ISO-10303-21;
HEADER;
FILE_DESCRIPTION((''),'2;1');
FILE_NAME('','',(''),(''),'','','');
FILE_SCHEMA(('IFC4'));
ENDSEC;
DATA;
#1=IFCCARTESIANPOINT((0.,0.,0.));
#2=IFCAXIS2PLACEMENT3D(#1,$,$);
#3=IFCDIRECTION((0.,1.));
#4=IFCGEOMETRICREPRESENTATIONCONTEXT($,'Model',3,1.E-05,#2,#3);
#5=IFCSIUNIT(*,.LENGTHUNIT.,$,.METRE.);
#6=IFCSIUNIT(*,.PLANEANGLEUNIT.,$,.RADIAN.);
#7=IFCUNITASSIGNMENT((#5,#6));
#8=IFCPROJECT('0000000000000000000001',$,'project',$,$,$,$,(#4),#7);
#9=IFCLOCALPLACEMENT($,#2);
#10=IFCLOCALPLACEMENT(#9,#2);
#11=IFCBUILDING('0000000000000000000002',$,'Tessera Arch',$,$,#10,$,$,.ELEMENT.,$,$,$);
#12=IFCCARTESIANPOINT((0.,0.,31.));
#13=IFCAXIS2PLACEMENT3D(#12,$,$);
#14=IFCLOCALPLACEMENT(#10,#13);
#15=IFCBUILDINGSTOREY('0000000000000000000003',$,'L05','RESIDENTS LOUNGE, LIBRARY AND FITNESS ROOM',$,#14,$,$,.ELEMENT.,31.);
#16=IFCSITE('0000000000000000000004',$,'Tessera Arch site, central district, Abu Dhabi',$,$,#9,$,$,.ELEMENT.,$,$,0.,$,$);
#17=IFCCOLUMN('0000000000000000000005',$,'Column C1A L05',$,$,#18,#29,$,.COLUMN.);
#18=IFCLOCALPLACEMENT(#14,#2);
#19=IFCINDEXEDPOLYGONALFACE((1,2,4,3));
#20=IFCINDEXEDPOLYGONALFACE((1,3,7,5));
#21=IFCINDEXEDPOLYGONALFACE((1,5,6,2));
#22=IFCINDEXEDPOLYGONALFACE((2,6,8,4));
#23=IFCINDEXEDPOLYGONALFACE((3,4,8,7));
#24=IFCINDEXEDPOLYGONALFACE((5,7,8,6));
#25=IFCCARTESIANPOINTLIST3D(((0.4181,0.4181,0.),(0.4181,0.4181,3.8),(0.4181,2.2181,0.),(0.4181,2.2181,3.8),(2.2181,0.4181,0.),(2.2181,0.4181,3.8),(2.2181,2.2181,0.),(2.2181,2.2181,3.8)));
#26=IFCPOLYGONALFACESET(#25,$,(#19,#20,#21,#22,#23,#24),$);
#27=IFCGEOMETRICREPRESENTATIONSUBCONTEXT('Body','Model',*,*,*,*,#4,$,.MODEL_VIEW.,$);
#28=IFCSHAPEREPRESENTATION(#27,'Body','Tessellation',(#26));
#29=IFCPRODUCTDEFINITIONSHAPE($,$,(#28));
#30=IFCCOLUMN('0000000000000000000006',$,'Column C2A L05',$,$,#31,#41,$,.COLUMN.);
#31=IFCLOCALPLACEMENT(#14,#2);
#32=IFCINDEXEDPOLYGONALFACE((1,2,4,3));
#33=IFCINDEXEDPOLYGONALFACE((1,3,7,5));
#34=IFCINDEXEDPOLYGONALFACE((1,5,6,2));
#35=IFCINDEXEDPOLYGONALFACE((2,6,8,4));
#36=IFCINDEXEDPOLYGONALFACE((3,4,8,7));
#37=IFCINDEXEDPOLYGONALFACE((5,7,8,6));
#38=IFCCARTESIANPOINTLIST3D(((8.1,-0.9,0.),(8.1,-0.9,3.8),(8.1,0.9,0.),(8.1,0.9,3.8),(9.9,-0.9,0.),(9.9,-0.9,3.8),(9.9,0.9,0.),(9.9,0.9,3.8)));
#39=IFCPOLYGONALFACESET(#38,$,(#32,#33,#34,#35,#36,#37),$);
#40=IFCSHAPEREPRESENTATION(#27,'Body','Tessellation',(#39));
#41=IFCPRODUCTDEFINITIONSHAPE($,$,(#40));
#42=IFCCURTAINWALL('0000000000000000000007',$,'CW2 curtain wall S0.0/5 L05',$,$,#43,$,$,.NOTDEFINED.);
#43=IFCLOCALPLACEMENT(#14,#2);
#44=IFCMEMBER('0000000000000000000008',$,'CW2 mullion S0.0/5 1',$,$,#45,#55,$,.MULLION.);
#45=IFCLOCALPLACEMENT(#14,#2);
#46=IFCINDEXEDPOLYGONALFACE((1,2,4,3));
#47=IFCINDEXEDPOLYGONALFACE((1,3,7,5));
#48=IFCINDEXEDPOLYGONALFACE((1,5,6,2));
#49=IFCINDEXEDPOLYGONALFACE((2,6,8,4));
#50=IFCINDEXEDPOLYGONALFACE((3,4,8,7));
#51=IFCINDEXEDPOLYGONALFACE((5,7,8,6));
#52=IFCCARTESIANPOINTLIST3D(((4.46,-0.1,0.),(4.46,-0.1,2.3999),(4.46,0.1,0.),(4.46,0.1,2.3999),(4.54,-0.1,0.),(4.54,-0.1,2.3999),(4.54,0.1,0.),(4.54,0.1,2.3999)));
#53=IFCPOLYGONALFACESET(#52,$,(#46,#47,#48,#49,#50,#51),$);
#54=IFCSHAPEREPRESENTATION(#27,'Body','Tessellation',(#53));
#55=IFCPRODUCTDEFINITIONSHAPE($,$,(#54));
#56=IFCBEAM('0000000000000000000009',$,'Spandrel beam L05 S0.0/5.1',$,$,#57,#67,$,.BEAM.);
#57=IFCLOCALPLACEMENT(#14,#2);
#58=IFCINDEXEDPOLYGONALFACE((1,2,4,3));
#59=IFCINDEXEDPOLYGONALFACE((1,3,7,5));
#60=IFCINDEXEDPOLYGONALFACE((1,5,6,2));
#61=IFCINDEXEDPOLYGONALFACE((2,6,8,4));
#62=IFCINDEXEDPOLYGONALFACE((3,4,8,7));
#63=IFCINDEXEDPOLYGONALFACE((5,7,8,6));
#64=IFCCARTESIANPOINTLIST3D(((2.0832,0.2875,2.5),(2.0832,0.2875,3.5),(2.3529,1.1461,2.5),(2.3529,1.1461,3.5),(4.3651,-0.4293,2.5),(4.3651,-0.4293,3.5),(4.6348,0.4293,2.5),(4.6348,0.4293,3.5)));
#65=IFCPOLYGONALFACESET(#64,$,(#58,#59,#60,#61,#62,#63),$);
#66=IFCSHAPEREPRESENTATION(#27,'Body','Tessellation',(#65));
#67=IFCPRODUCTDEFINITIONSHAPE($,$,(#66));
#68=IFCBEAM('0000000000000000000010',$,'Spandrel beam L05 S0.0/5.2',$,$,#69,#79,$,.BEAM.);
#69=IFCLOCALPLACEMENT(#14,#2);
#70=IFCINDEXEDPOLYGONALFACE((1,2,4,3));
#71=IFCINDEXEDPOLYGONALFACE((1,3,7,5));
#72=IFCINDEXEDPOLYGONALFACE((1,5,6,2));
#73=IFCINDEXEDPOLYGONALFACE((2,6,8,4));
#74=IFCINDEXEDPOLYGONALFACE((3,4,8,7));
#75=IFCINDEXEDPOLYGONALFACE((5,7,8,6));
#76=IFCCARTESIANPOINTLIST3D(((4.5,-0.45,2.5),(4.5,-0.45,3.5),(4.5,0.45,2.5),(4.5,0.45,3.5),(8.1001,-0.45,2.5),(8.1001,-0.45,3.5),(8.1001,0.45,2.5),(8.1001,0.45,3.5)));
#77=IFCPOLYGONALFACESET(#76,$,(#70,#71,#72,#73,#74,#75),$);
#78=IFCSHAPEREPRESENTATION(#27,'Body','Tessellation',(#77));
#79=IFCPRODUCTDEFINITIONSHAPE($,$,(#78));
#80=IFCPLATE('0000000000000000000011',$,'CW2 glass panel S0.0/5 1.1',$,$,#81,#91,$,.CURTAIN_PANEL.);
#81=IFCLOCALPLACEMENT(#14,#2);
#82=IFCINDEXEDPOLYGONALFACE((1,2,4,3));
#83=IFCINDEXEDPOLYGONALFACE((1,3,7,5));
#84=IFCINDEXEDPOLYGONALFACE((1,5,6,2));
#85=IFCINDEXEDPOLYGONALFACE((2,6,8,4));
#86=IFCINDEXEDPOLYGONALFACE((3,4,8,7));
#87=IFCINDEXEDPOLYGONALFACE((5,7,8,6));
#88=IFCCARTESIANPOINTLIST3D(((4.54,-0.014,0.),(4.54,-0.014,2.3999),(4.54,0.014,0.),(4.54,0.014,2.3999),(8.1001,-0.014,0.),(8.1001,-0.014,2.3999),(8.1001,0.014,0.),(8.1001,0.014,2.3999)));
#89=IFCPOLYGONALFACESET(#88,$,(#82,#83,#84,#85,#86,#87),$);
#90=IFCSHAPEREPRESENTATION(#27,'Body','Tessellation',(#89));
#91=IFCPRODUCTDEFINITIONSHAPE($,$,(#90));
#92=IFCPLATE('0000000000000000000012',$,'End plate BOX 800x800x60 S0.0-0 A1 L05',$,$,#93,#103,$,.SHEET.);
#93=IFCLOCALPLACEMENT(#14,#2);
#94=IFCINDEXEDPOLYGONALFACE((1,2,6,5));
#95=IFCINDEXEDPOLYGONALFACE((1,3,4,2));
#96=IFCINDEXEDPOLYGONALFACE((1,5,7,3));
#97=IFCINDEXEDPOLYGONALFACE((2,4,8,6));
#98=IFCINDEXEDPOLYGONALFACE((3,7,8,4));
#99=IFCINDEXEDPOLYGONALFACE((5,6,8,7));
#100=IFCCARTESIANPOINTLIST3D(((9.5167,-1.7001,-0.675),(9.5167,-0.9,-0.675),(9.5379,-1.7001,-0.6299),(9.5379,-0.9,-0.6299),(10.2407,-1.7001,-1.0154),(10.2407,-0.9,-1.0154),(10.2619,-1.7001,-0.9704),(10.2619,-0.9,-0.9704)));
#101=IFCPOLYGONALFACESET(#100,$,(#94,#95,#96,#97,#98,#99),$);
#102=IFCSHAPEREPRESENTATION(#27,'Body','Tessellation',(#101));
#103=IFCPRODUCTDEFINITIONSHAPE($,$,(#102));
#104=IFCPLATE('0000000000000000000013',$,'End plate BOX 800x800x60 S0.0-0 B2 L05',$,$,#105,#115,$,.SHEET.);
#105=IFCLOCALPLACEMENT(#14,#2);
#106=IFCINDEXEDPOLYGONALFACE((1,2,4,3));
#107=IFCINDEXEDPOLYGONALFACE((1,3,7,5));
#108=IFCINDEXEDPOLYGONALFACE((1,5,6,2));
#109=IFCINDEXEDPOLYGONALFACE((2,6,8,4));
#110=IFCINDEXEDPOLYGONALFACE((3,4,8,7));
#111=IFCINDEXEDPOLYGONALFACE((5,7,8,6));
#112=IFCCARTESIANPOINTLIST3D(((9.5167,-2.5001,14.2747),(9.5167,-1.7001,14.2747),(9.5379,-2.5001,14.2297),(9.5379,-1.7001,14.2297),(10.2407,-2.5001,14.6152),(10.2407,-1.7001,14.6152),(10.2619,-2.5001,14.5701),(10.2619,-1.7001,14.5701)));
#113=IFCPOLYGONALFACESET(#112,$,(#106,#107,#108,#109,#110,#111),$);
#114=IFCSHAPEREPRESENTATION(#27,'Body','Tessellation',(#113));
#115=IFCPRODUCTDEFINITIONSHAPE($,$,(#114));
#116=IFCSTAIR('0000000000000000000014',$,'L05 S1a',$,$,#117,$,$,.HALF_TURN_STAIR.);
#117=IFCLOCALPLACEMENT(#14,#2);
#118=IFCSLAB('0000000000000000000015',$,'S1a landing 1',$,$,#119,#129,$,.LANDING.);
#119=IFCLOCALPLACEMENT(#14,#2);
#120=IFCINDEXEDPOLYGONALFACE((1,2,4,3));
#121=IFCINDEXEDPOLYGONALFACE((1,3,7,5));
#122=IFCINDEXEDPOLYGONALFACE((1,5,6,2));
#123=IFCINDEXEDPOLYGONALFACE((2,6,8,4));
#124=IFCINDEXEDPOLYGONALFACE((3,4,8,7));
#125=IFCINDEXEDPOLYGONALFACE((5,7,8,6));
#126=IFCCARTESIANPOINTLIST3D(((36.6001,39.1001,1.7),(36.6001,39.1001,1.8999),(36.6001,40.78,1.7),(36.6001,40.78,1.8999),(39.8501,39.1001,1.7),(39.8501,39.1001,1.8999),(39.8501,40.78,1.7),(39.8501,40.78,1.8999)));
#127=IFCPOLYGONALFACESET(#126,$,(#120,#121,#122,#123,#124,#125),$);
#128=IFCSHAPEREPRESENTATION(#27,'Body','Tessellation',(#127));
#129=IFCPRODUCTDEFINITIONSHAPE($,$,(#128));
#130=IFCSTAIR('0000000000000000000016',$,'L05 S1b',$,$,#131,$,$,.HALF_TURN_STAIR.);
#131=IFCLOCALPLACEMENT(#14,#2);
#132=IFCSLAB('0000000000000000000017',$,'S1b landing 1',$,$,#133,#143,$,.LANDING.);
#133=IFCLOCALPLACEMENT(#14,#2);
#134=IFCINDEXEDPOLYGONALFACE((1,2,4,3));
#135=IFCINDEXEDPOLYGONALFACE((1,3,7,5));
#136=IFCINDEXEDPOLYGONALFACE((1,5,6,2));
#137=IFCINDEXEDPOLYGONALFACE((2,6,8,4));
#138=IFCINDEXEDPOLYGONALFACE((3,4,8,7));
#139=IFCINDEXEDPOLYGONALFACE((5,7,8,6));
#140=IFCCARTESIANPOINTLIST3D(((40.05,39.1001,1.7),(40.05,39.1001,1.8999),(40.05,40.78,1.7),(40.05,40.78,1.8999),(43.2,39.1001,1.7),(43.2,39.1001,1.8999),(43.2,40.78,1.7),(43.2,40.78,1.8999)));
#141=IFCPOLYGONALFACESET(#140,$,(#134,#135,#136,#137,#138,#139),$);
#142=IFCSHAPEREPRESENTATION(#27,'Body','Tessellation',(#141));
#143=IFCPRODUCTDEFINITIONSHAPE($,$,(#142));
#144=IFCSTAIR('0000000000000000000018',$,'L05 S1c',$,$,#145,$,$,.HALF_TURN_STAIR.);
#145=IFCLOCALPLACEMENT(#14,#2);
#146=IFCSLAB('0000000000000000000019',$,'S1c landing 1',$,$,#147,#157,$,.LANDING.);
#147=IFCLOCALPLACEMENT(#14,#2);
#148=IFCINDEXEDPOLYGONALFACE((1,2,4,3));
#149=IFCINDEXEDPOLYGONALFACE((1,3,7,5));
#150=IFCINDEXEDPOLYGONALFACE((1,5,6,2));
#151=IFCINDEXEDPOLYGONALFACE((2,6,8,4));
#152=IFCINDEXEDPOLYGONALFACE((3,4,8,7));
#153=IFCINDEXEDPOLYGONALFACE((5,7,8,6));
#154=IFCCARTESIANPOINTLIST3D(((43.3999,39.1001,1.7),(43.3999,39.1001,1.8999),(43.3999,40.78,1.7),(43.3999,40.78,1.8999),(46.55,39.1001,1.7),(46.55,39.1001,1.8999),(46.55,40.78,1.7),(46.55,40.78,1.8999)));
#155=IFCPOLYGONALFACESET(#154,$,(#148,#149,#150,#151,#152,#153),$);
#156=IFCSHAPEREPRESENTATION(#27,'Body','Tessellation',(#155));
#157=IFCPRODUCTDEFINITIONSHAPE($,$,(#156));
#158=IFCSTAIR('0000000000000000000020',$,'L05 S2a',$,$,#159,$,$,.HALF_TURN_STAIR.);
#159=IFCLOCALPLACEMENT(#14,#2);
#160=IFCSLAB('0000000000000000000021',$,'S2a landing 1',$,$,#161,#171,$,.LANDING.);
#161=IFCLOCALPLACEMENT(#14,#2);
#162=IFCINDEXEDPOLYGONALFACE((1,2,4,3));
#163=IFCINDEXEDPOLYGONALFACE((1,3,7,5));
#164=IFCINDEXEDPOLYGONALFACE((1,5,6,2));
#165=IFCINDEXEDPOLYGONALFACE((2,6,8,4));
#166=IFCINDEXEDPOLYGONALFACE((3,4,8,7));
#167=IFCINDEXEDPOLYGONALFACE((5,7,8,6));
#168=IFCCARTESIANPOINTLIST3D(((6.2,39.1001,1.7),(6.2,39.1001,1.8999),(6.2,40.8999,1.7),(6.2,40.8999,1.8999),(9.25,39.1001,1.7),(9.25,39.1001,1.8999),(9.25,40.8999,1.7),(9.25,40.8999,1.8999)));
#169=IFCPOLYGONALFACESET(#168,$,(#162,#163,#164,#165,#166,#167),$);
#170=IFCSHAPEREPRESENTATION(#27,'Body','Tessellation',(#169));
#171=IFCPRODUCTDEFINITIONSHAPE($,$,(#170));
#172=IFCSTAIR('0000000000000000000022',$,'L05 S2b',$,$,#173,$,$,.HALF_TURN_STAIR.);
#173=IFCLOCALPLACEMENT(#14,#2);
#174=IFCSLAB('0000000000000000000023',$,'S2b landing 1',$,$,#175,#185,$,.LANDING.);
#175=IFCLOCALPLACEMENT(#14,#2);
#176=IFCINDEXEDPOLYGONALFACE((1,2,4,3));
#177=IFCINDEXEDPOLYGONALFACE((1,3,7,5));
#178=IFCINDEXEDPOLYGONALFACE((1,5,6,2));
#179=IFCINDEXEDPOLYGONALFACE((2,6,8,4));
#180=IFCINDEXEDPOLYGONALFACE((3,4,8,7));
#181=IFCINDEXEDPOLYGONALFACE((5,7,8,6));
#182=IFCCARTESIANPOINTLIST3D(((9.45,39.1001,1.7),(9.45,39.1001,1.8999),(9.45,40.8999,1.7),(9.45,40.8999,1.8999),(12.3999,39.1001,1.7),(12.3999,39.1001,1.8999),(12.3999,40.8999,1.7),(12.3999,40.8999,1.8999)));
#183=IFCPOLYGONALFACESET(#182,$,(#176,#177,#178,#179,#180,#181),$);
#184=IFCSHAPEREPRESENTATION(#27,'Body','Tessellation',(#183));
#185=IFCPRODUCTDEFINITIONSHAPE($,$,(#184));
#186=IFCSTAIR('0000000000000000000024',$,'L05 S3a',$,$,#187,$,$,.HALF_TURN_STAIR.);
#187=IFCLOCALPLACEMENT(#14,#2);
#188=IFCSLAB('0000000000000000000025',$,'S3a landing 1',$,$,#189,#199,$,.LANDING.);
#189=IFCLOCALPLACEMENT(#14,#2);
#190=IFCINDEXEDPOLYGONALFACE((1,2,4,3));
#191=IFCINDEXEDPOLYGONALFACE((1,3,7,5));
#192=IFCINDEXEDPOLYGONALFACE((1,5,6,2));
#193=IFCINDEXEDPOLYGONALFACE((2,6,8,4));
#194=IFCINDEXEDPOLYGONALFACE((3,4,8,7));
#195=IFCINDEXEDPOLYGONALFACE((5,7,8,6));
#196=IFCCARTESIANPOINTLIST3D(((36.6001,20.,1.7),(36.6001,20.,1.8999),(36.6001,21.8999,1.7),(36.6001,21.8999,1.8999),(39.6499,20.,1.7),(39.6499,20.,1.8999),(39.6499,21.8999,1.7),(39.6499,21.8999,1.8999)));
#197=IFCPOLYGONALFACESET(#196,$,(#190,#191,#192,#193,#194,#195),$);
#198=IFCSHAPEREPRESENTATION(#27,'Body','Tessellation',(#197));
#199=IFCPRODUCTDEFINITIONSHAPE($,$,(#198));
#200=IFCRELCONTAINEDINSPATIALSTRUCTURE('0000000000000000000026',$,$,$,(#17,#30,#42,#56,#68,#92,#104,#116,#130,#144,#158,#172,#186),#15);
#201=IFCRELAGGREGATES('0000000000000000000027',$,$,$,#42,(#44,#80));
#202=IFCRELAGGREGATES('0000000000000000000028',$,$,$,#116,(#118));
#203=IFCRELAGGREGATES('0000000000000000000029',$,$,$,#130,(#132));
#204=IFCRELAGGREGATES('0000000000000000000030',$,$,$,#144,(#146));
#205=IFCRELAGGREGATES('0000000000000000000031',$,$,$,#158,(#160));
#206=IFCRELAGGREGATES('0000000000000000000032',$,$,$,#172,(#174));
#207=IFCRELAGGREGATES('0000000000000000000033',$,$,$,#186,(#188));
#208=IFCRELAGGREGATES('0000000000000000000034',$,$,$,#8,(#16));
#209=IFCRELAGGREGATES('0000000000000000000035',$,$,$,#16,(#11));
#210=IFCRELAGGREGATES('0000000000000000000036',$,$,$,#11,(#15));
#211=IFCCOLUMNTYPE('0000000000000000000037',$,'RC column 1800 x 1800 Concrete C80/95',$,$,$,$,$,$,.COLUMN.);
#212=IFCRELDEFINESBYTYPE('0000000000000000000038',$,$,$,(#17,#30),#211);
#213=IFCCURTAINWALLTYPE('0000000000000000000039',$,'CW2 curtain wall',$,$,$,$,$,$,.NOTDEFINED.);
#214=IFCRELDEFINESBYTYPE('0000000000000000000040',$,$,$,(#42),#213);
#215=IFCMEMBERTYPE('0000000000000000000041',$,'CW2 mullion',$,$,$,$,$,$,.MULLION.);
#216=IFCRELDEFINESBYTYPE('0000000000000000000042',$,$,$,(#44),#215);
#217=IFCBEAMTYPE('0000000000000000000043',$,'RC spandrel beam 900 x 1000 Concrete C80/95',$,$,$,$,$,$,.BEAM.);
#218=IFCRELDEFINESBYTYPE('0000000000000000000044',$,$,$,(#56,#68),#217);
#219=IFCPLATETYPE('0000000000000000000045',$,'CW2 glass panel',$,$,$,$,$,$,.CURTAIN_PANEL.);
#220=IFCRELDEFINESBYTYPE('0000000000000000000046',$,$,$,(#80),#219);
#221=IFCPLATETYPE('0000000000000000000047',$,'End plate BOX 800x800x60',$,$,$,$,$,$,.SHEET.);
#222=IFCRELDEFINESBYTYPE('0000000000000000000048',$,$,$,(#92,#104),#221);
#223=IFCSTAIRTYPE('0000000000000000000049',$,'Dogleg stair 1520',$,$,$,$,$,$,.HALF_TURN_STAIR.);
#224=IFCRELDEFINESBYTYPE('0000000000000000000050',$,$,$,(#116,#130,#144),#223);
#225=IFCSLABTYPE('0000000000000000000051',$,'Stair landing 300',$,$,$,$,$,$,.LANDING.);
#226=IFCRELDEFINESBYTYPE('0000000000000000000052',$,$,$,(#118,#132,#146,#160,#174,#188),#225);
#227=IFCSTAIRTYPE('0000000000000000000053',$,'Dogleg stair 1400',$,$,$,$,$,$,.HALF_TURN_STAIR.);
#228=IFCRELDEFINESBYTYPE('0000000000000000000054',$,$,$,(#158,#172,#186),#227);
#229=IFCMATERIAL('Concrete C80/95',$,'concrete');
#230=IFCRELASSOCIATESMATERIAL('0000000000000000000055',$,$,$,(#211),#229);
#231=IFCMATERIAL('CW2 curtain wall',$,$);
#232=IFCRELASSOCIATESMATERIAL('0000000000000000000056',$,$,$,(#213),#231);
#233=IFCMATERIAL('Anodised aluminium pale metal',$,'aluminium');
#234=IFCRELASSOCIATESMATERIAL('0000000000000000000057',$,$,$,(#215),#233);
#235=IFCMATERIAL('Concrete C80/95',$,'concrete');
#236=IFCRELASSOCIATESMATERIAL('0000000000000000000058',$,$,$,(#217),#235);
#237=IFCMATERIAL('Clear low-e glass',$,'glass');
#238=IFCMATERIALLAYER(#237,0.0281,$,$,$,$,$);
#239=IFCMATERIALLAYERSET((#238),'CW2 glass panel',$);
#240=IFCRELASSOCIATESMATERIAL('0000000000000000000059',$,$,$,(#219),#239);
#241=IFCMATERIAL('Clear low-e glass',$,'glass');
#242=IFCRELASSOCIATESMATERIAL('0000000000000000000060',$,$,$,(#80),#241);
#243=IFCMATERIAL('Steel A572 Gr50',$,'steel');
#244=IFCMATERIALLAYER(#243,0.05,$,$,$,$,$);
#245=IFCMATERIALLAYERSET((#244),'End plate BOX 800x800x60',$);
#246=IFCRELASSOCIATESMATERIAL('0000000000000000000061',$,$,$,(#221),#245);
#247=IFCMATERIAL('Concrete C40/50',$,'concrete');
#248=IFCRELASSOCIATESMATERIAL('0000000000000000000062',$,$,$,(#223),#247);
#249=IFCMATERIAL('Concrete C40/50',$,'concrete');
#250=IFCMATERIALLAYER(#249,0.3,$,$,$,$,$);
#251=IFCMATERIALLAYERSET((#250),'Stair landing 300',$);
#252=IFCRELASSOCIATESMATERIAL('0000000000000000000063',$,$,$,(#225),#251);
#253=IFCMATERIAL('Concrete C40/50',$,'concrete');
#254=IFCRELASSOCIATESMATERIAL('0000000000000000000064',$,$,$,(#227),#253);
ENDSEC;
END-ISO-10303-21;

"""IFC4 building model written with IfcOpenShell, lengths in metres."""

from ifc_helpers import new_model, si_unit, direction, frame, origin, origin_2d, place, context, subcontext, project, spatial, polyline, rectangle, outline, extrude, material, layer, layer_set, material_profile, profile_set, type_object, element, aggregate, save


model = new_model("IFC4")

# Units and contexts
model_context = context("Model", 3, precision=1e-05, world=origin(), true_north=direction((0.0, 1.0)))
body_context = subcontext(model_context, "Body", "Model", "MODEL_VIEW")
ifc_project = project(units=[si_unit("LENGTHUNIT", "METRE"), si_unit("PLANEANGLEUNIT", "RADIAN")], contexts=[model_context])

# Site, building, storey
site_placement = place(None, origin())
site = spatial("IfcSite", under=ifc_project, at=site_placement, Name="Tessera Arch site, central district, Abu Dhabi", CompositionType="ELEMENT", RefElevation=0.0)
building_placement = place(site_placement, origin())
building = spatial("IfcBuilding", under=site, at=building_placement, Name="Tessera Arch", CompositionType="ELEMENT")
storey_placement = place(building_placement, frame((0.0, 0.0, 31.0)))
storey = spatial("IfcBuildingStorey", under=building, at=storey_placement, Name="L05", Description="RESIDENTS LOUNGE, LIBRARY AND FITNESS ROOM", CompositionType="ELEMENT", Elevation=31.0)

# Columns
ifc_material_1 = material(Name="Concrete C80/95", Category="concrete")
ifc_material_profile_1 = material_profile(ifc_material_1, rectangle(XDim=1.8, YDim=1.8, at=origin_2d()), Name="RC column 1800 x 1800 Concrete C80/95")
ifc_profile_set_1 = profile_set([ifc_material_profile_1], Name="Concrete C80/95")
column_type = type_object("IfcColumnType", Name="RC column 1800 x 1800 Concrete C80/95", PredefinedType="COLUMN", material=ifc_profile_set_1)
for number, where, z_axis, x_axis, name in (
    (1, (1.3181, 1.3181, 0.0), (0.0, 0.0, 1.0), (1.0, 0.0, 0.0), "Column C1A L05"),
    (2, (9.0, 0.0, 0.0), (0.0, 0.0, 1.0), (1.0, 0.0, 0.0), "Column C2A L05"),
):
    element("IfcColumn", number, at=place(storey_placement, frame(where, z_axis=z_axis, x_axis=x_axis)), inside=storey, type_object=column_type, Name=name, PredefinedType="COLUMN", context=body_context, shape_type="SweptSolid", body=[
        extrude(rectangle(XDim=1.8, YDim=1.8, at=origin_2d()), origin(), (0.0, 0.0, 1.0), 3.8),
    ])

# Curtain wall, member
ifc_material_2 = material(Name="CW2 curtain wall")
curtain_wall_type = type_object("IfcCurtainWallType", Name="CW2 curtain wall", PredefinedType="NOTDEFINED", material=ifc_material_2)
curtain_wall_placement = place(storey_placement, origin())
curtain_wall = element("IfcCurtainWall", 3, at=curtain_wall_placement, inside=storey, type_object=curtain_wall_type, Name="CW2 curtain wall S0.0/5 L05", PredefinedType="NOTDEFINED")
ifc_material_3 = material(Name="Anodised aluminium pale metal", Category="aluminium")
ifc_material_profile_2 = material_profile(ifc_material_3, rectangle(XDim=0.2, YDim=0.0801, at=origin_2d()), Name="AL 80x200")
ifc_profile_set_2 = profile_set([ifc_material_profile_2], Name="Anodised aluminium pale metal")
member_type = type_object("IfcMemberType", Name="CW2 mullion", PredefinedType="MULLION", material=ifc_profile_set_2)
member_placement = place(storey_placement, frame((4.5, 0.0, 0.0), z_axis=(0.0, 0.0, 1.0), x_axis=(0.0, 1.0, 0.0)))
member = element("IfcMember", 4, at=member_placement, type_object=member_type, Name="CW2 mullion S0.0/5 1", PredefinedType="MULLION", context=body_context, shape_type="SweptSolid", body=[
    extrude(rectangle(XDim=0.2, YDim=0.0801, at=origin_2d()), origin(), (0.0, 0.0, 1.0), 2.3999),
])

# Beams
ifc_material_4 = material(Name="Concrete C80/95", Category="concrete")
ifc_material_profile_3 = material_profile(ifc_material_4, rectangle(XDim=0.8999, YDim=1.0, at=origin_2d()), Name="RC spandrel beam 900 x 1000 Concrete C80/95")
ifc_profile_set_3 = profile_set([ifc_material_profile_3], Name="Concrete C80/95")
beam_type = type_object("IfcBeamType", Name="RC spandrel beam 900 x 1000 Concrete C80/95", PredefinedType="BEAM", material=ifc_profile_set_3)
beam_1_placement = place(storey_placement, frame((2.218, 0.7168, 3.0), z_axis=(0.954041, -0.299675, 0.0), x_axis=(0.299675, 0.954041, 0.0)))
element("IfcBeam", 5, at=beam_1_placement, inside=storey, type_object=beam_type, Name="Spandrel beam L05 S0.0/5.1", PredefinedType="BEAM", context=body_context, shape_type="SweptSolid", body=[
    extrude(rectangle(XDim=0.8999, YDim=1.0, at=origin_2d()), origin(), (0.0, 0.0, 1.0), 2.3918),
])
beam_2_placement = place(storey_placement, frame((4.5, 0.0, 3.0), z_axis=(1.0, 0.0, 0.0), x_axis=(0.0, 1.0, 0.0)))
element("IfcBeam", 6, at=beam_2_placement, inside=storey, type_object=beam_type, Name="Spandrel beam L05 S0.0/5.2", PredefinedType="BEAM", context=body_context, shape_type="SweptSolid", body=[
    extrude(rectangle(XDim=0.8999, YDim=1.0, at=origin_2d()), origin(), (0.0, 0.0, 1.0), 3.6001),
])

# Plate
ifc_material_5 = material(Name="Clear low-e glass", Category="glass")
ifc_material_6 = material(Name="Clear low-e glass", Category="glass")
ifc_layer_1 = layer(ifc_material_6, 0.0281)
ifc_layer_set_1 = layer_set([ifc_layer_1], Name="CW2 glass panel")
plate_type_1 = type_object("IfcPlateType", Name="CW2 glass panel", PredefinedType="CURTAIN_PANEL", material=ifc_layer_set_1)
plate_placement = place(storey_placement, frame((6.3201, 0.0, 0.0), z_axis=(0.0, 0.0, 1.0), x_axis=(1.0, 0.0, 0.0)))
plate = element("IfcPlate", 7, at=plate_placement, type_object=plate_type_1, material=ifc_material_5, Name="CW2 glass panel S0.0/5 1.1", PredefinedType="CURTAIN_PANEL", context=body_context, shape_type="SweptSolid", body=[
    extrude(rectangle(XDim=3.5601, YDim=0.0281, at=origin_2d()), origin(), (0.0, 0.0, 1.0), 2.3999),
])
aggregate(curtain_wall, [member, plate])

# Plates
ifc_material_7 = material(Name="Steel A572 Gr50", Category="steel")
ifc_layer_2 = layer(ifc_material_7, 0.05)
ifc_layer_set_2 = layer_set([ifc_layer_2], Name="End plate BOX 800x800x60")
plate_type_2 = type_object("IfcPlateType", Name="End plate BOX 800x800x60", PredefinedType="SHEET", material=ifc_layer_set_2)
for number, where, z_axis, x_axis, name in (
    (8, (9.8787, -1.3, -0.8452), (0.425561, 0.0, 0.90493), (0.0, 1.0, 0.0), "End plate BOX 800x800x60 S0.0-0 A1 L05"),
    (9, (9.8999, -2.1001, 14.3999), (-0.425561, 0.0, 0.90493), (0.0, -1.0, 0.0), "End plate BOX 800x800x60 S0.0-0 B2 L05"),
):
    element("IfcPlate", number, at=place(storey_placement, frame(where, z_axis=z_axis, x_axis=x_axis)), inside=storey, type_object=plate_type_2, Name=name, PredefinedType="SHEET", context=body_context, shape_type="SweptSolid", body=[
        extrude(rectangle(XDim=0.8, YDim=0.8, at=origin_2d()), origin(), (0.0, 0.0, 1.0), 0.0498),
    ])

# Stairs, slabs
ifc_material_8 = material(Name="Concrete C40/50", Category="concrete")
stair_type_1 = type_object("IfcStairType", Name="Dogleg stair 1520", PredefinedType="HALF_TURN_STAIR", material=ifc_material_8)
stair_1_placement = place(storey_placement, origin())
stair_1 = element("IfcStair", 10, at=stair_1_placement, inside=storey, type_object=stair_type_1, Name="L05 S1a", PredefinedType="HALF_TURN_STAIR")
ifc_material_9 = material(Name="Concrete C40/50", Category="concrete")
ifc_layer_3 = layer(ifc_material_9, 0.3)
ifc_layer_set_3 = layer_set([ifc_layer_3], Name="Stair landing 300")
slab_type = type_object("IfcSlabType", Name="Stair landing 300", PredefinedType="LANDING", material=ifc_layer_set_3)
slab_1_placement = place(storey_placement, frame((0.0, 0.0, 1.7)))
slab_1 = element("IfcSlab", 11, at=slab_1_placement, type_object=slab_type, Name="S1a landing 1", PredefinedType="LANDING", context=body_context, shape_type="SweptSolid", body=[
    extrude(outline(polyline([(36.6001, 40.78), (36.6001, 39.1001), (39.8501, 39.1001), (39.8501, 40.78), (36.6001, 40.78)])), origin(), (0.0, 0.0, 1.0), 0.2),
])
aggregate(stair_1, [slab_1])
stair_2_placement = place(storey_placement, origin())
stair_2 = element("IfcStair", 12, at=stair_2_placement, inside=storey, type_object=stair_type_1, Name="L05 S1b", PredefinedType="HALF_TURN_STAIR")
slab_2_placement = place(storey_placement, frame((0.0, 0.0, 1.7)))
slab_2 = element("IfcSlab", 13, at=slab_2_placement, type_object=slab_type, Name="S1b landing 1", PredefinedType="LANDING", context=body_context, shape_type="SweptSolid", body=[
    extrude(outline(polyline([(40.05, 40.78), (40.05, 39.1001), (43.2, 39.1001), (43.2, 40.78), (40.05, 40.78)])), origin(), (0.0, 0.0, 1.0), 0.2),
])
aggregate(stair_2, [slab_2])
stair_3_placement = place(storey_placement, origin())
stair_3 = element("IfcStair", 14, at=stair_3_placement, inside=storey, type_object=stair_type_1, Name="L05 S1c", PredefinedType="HALF_TURN_STAIR")
slab_3_placement = place(storey_placement, frame((0.0, 0.0, 1.7)))
slab_3 = element("IfcSlab", 15, at=slab_3_placement, type_object=slab_type, Name="S1c landing 1", PredefinedType="LANDING", context=body_context, shape_type="SweptSolid", body=[
    extrude(outline(polyline([(43.3999, 40.78), (43.3999, 39.1001), (46.55, 39.1001), (46.55, 40.78), (43.3999, 40.78)])), origin(), (0.0, 0.0, 1.0), 0.2),
])
aggregate(stair_3, [slab_3])
ifc_material_10 = material(Name="Concrete C40/50", Category="concrete")
stair_type_2 = type_object("IfcStairType", Name="Dogleg stair 1400", PredefinedType="HALF_TURN_STAIR", material=ifc_material_10)
stair_4_placement = place(storey_placement, origin())
stair_4 = element("IfcStair", 16, at=stair_4_placement, inside=storey, type_object=stair_type_2, Name="L05 S2a", PredefinedType="HALF_TURN_STAIR")
slab_4_placement = place(storey_placement, frame((0.0, 0.0, 1.7)))
slab_4 = element("IfcSlab", 17, at=slab_4_placement, type_object=slab_type, Name="S2a landing 1", PredefinedType="LANDING", context=body_context, shape_type="SweptSolid", body=[
    extrude(outline(polyline([(6.2, 40.8999), (6.2, 39.1001), (9.25, 39.1001), (9.25, 40.8999), (6.2, 40.8999)])), origin(), (0.0, 0.0, 1.0), 0.2),
])
aggregate(stair_4, [slab_4])
stair_5_placement = place(storey_placement, origin())
stair_5 = element("IfcStair", 18, at=stair_5_placement, inside=storey, type_object=stair_type_2, Name="L05 S2b", PredefinedType="HALF_TURN_STAIR")
slab_5_placement = place(storey_placement, frame((0.0, 0.0, 1.7)))
slab_5 = element("IfcSlab", 19, at=slab_5_placement, type_object=slab_type, Name="S2b landing 1", PredefinedType="LANDING", context=body_context, shape_type="SweptSolid", body=[
    extrude(outline(polyline([(9.45, 40.8999), (9.45, 39.1001), (12.3999, 39.1001), (12.3999, 40.8999), (9.45, 40.8999)])), origin(), (0.0, 0.0, 1.0), 0.2),
])
aggregate(stair_5, [slab_5])
stair_6_placement = place(storey_placement, origin())
stair_6 = element("IfcStair", 20, at=stair_6_placement, inside=storey, type_object=stair_type_2, Name="L05 S3a", PredefinedType="HALF_TURN_STAIR")
slab_6_placement = place(storey_placement, frame((0.0, 0.0, 1.7)))
slab_6 = element("IfcSlab", 21, at=slab_6_placement, type_object=slab_type, Name="S3a landing 1", PredefinedType="LANDING", context=body_context, shape_type="SweptSolid", body=[
    extrude(outline(polyline([(39.6499, 20.0), (39.6499, 21.8999), (36.6001, 21.8999), (36.6001, 20.0), (39.6499, 20.0)])), origin(), (0.0, 0.0, 1.0), 0.2),
])
aggregate(stair_6, [slab_6])

save(model, "model.ifc")
